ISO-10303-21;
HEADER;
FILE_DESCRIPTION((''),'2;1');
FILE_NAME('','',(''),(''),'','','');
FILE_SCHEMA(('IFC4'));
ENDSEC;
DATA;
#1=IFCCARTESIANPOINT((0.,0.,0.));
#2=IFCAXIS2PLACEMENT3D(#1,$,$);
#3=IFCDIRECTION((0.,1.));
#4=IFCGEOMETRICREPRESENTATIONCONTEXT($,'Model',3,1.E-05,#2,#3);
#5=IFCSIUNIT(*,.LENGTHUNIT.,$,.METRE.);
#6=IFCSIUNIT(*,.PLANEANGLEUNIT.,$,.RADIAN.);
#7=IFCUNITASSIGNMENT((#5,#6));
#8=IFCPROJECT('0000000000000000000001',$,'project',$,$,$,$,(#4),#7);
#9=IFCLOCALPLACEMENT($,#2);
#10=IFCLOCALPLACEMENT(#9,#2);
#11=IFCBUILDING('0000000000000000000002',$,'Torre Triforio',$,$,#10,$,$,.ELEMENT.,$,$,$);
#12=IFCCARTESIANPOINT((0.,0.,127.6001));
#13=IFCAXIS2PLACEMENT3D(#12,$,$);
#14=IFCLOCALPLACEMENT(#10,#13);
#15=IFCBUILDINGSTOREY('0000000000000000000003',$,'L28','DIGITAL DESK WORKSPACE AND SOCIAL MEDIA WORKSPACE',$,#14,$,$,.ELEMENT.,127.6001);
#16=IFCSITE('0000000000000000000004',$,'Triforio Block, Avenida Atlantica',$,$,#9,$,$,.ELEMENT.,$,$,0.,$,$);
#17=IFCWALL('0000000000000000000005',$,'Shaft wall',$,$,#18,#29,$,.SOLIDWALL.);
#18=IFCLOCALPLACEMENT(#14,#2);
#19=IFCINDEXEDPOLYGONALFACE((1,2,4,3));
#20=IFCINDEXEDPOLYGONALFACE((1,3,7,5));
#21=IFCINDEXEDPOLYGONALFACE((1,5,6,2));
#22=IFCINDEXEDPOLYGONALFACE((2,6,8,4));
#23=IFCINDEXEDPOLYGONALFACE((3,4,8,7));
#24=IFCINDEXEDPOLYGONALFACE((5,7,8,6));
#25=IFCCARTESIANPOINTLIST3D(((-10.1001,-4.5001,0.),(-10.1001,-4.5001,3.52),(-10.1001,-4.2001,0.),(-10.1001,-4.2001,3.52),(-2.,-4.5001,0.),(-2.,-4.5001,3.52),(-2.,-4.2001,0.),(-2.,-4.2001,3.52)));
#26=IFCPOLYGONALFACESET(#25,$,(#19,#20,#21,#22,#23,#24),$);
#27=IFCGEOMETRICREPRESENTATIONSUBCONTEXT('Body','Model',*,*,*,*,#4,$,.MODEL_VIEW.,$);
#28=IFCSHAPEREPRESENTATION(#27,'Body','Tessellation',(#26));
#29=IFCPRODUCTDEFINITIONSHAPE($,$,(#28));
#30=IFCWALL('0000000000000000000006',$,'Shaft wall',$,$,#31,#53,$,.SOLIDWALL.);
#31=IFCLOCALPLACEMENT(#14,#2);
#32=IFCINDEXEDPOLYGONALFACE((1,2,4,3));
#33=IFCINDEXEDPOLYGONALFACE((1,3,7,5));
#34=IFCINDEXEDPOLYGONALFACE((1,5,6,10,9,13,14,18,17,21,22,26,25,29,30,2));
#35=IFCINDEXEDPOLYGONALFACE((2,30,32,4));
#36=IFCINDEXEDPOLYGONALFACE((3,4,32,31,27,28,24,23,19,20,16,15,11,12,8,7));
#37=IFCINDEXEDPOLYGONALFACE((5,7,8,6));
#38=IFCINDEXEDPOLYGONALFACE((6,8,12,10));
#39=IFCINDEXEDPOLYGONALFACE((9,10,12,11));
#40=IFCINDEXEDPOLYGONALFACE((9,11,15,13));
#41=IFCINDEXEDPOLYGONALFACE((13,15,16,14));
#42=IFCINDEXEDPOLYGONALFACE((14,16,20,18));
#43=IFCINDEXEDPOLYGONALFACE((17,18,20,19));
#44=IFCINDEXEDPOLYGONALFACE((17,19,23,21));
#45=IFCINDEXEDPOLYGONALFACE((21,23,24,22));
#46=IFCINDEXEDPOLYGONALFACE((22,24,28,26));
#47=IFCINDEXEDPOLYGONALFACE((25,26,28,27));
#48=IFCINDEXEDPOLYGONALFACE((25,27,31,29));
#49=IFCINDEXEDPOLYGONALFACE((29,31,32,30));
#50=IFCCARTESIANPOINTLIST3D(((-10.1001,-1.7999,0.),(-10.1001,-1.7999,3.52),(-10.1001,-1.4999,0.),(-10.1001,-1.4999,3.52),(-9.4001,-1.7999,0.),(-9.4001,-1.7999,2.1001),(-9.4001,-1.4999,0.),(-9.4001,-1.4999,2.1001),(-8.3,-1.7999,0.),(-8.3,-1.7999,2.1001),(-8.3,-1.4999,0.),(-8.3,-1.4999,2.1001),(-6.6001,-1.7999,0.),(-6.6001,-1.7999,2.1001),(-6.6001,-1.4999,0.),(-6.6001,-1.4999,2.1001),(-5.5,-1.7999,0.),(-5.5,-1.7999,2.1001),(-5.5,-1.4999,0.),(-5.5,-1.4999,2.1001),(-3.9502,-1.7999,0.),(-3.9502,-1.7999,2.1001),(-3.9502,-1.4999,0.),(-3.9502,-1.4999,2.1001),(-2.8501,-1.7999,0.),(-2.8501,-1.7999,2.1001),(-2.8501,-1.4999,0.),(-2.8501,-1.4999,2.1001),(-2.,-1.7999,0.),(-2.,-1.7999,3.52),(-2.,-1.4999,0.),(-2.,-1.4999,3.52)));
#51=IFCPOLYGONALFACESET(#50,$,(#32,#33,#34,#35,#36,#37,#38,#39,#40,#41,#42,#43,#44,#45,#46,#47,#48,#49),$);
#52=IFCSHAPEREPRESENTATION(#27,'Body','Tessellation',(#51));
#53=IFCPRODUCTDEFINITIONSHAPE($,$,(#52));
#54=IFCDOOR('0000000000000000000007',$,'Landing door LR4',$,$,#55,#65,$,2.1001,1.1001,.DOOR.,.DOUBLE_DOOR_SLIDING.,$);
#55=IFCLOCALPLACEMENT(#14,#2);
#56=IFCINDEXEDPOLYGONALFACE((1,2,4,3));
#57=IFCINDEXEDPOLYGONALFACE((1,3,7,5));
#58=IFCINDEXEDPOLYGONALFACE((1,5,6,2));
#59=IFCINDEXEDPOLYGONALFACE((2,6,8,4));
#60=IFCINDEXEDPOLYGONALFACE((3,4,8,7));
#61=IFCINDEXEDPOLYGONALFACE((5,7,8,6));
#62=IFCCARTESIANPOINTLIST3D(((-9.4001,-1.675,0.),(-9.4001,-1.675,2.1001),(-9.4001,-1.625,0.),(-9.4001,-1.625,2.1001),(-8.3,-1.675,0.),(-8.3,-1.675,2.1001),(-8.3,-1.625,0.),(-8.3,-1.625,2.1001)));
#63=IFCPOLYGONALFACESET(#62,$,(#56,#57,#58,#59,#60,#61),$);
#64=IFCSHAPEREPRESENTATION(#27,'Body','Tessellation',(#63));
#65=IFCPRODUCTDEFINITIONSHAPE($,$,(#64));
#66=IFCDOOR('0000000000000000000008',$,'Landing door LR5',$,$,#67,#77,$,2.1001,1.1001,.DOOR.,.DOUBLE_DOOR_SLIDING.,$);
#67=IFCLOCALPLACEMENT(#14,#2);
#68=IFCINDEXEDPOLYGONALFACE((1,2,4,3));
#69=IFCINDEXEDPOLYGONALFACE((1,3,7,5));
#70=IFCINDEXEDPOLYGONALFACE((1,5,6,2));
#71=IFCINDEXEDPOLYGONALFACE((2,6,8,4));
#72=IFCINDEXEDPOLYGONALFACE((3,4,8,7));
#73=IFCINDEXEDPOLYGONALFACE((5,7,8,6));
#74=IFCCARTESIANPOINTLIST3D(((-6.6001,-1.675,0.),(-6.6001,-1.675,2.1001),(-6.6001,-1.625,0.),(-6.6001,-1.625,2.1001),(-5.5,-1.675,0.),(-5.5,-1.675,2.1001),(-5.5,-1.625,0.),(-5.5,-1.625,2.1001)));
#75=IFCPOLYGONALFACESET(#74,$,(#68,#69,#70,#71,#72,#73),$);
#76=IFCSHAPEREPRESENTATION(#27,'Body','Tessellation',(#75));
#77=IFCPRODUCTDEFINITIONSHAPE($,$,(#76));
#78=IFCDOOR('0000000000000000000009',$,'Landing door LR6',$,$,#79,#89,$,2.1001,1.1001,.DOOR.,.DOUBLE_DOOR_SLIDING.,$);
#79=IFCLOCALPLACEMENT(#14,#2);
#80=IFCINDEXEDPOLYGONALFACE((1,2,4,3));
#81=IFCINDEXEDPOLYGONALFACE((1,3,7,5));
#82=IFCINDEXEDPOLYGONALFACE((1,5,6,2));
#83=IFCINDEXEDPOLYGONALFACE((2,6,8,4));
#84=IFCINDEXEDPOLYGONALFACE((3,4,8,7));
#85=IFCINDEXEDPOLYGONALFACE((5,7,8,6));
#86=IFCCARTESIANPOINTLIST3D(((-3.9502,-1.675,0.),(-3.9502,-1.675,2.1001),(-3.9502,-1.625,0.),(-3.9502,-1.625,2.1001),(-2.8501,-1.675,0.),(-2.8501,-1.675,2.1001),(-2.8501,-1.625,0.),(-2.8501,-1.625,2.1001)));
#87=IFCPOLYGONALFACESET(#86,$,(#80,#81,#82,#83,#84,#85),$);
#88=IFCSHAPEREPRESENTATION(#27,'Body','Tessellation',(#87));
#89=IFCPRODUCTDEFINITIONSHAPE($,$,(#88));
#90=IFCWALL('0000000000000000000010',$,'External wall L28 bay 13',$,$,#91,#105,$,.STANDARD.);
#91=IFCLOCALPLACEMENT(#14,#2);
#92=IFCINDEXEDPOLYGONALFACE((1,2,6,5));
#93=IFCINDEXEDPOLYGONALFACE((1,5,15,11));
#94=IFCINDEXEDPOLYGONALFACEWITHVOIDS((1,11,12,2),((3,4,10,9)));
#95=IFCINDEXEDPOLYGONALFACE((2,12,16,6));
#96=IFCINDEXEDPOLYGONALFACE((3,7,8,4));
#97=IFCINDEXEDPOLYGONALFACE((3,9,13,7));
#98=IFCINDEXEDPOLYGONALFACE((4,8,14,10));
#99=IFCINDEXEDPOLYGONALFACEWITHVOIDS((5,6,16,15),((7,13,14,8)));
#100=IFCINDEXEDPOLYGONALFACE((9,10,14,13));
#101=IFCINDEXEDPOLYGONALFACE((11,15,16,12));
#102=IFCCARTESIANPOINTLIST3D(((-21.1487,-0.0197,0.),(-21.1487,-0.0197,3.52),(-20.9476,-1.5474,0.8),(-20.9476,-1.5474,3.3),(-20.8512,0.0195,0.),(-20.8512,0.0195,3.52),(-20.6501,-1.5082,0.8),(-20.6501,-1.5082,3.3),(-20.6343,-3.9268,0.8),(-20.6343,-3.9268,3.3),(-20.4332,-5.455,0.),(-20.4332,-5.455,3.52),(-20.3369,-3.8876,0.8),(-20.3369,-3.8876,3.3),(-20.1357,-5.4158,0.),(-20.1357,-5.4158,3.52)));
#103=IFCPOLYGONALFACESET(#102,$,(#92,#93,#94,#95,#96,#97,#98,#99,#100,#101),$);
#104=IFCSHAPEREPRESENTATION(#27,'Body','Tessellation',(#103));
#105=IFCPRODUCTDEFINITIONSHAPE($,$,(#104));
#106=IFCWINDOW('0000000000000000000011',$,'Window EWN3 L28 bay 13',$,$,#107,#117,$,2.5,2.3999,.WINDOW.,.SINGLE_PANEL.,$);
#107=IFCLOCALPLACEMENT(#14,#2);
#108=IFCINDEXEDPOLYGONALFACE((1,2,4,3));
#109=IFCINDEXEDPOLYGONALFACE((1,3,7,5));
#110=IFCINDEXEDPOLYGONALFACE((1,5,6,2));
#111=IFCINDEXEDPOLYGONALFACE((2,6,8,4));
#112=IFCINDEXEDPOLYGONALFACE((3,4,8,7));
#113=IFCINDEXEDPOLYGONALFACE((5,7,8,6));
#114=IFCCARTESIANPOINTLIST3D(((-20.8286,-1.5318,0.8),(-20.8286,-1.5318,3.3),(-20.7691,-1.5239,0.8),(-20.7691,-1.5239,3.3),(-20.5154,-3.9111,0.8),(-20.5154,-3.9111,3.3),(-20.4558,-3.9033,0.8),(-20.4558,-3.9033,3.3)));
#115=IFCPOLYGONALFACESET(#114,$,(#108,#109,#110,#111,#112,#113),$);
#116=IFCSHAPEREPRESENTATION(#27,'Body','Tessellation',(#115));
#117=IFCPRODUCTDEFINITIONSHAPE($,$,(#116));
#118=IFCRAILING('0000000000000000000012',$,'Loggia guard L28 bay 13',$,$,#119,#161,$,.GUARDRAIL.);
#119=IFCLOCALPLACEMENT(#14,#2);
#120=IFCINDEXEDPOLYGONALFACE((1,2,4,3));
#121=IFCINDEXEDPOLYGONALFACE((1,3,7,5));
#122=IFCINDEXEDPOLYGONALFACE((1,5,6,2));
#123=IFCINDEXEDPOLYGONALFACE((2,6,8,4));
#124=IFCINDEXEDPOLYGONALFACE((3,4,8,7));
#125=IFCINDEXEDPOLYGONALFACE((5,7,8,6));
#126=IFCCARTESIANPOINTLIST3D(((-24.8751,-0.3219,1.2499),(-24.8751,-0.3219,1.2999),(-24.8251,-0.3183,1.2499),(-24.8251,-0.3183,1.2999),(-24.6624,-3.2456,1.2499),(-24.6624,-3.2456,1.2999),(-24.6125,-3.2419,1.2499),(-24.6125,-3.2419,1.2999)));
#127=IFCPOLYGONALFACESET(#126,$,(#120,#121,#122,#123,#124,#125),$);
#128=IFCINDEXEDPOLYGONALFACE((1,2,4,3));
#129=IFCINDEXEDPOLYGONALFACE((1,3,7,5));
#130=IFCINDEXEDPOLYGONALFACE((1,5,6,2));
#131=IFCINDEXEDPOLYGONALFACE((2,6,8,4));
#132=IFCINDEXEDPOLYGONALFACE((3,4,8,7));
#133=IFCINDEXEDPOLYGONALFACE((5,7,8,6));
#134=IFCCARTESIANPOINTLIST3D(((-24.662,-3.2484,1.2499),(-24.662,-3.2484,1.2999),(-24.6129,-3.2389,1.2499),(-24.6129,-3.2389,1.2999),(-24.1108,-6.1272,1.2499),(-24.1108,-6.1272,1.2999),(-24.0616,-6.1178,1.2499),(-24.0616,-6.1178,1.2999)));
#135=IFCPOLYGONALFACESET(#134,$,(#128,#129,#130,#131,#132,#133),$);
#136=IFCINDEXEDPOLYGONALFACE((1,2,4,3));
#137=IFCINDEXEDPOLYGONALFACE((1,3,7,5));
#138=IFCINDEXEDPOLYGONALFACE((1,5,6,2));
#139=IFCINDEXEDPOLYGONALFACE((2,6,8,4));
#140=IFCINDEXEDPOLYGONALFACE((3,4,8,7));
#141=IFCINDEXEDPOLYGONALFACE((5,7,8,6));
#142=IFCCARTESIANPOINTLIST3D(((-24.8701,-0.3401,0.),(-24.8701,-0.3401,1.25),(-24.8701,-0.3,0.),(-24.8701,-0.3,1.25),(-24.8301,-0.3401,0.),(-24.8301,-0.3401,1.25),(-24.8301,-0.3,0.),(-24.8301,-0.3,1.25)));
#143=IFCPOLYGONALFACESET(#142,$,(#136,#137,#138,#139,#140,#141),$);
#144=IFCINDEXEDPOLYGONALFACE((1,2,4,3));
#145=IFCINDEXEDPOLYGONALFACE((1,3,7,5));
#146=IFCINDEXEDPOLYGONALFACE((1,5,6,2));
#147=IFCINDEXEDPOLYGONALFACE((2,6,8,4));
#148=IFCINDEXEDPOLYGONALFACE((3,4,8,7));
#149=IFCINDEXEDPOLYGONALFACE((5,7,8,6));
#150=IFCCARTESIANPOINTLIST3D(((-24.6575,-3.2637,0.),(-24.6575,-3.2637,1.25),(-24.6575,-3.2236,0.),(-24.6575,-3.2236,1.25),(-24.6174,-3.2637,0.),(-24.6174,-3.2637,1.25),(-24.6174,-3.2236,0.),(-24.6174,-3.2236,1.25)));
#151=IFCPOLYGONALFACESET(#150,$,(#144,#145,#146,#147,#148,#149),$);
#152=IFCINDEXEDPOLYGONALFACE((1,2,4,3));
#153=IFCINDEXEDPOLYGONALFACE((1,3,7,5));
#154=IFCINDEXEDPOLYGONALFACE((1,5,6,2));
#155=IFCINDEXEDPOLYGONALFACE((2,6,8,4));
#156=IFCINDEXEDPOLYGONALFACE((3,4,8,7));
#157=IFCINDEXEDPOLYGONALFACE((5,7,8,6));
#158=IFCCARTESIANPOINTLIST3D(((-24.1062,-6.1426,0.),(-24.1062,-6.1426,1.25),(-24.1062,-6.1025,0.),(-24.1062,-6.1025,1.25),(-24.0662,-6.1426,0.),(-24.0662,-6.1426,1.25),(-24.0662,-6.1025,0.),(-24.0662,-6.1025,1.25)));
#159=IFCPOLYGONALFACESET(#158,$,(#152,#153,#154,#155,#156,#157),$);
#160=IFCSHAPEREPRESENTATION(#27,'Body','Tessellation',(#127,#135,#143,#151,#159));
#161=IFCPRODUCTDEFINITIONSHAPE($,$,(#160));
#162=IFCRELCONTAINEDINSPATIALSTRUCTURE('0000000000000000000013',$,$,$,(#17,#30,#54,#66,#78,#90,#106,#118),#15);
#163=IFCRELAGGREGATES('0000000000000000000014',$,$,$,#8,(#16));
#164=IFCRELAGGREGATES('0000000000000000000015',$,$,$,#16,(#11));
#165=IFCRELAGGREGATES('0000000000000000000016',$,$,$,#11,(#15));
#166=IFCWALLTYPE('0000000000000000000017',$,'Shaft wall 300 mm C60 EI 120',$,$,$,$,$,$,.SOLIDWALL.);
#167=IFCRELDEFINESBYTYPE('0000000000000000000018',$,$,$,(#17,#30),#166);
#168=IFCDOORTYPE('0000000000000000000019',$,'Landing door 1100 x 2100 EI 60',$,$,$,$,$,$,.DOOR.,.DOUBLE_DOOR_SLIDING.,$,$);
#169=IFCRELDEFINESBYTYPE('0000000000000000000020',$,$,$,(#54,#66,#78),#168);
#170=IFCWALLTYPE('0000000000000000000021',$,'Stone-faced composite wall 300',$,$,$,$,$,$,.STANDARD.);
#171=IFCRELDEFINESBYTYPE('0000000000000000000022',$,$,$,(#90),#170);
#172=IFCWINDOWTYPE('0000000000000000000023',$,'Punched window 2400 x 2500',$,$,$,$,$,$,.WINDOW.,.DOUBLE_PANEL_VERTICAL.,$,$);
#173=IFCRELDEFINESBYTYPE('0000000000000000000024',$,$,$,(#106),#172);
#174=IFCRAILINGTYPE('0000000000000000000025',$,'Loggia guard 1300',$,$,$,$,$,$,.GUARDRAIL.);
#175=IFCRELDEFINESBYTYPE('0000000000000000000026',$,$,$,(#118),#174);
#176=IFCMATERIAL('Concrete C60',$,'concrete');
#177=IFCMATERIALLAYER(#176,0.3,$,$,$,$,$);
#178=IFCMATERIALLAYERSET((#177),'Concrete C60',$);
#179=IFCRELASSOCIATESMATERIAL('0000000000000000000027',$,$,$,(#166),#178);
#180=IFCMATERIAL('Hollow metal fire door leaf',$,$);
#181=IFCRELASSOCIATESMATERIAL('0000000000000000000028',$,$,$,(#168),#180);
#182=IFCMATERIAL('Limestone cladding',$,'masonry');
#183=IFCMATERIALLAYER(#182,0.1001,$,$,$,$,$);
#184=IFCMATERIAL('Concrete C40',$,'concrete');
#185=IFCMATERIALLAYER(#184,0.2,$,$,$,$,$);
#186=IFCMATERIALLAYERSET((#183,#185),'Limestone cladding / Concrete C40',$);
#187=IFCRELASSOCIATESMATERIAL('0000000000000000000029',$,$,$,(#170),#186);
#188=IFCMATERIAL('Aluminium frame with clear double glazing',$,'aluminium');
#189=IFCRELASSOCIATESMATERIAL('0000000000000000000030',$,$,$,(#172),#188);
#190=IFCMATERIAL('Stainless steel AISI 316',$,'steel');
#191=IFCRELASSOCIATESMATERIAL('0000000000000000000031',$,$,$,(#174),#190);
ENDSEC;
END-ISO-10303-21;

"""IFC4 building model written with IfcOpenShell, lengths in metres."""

from ifc_helpers import new_model, si_unit, direction, frame, frame_2d, origin, origin_2d, place, context, subcontext, project, spatial, rectangle, extrude, material, layer, layer_set, type_object, element, fill, save


model = new_model("IFC4")

# Units and contexts
model_context = context("Model", 3, precision=1e-05, world=origin(), true_north=direction((0.0, 1.0)))
body_context = subcontext(model_context, "Body", "Model", "MODEL_VIEW")
ifc_project = project(units=[si_unit("LENGTHUNIT", "METRE"), si_unit("PLANEANGLEUNIT", "RADIAN")], contexts=[model_context])

# Site, building, storey
site_placement = place(None, origin())
site = spatial("IfcSite", under=ifc_project, at=site_placement, Name="Triforio Block, Avenida Atlantica", CompositionType="ELEMENT", RefElevation=0.0)
building_placement = place(site_placement, origin())
building = spatial("IfcBuilding", under=site, at=building_placement, Name="Torre Triforio", CompositionType="ELEMENT")
storey_placement = place(building_placement, frame((0.0, 0.0, 127.6001)))
storey = spatial("IfcBuildingStorey", under=building, at=storey_placement, Name="L28", Description="DIGITAL DESK WORKSPACE AND SOCIAL MEDIA WORKSPACE", CompositionType="ELEMENT", Elevation=127.6001)

# Shared definitions
ifc_material_1 = material(Name="Concrete C60", Category="concrete")

# Shared definitions
ifc_material_2 = material(Name="Hollow metal fire door leaf")

# Wall
ifc_material_3 = material(Name="Limestone cladding", Category="masonry")
ifc_material_4 = material(Name="Concrete C40", Category="concrete")
ifc_layer_1 = layer(ifc_material_1, 0.3)
ifc_layer_set_1 = layer_set([ifc_layer_1], Name="Concrete C60")
wall_type_1 = type_object("IfcWallType", Name="Shaft wall 300 mm C60 EI 120", PredefinedType="SOLIDWALL", material=ifc_layer_set_1)
wall_1_placement = place(storey_placement, frame((-10.1001, -4.3501, 0.0), z_axis=(0.0, 0.0, 1.0), x_axis=(1.0, 0.0, 0.0)))
element("IfcWall", 1, at=wall_1_placement, inside=storey, type_object=wall_type_1, Name="Shaft wall", PredefinedType="SOLIDWALL", context=body_context, shape_type="SweptSolid", body=[
    extrude(rectangle(XDim=8.1001, YDim=0.3, at=frame_2d((4.05, 0.0))), origin(), (0.0, 0.0, 1.0), 3.52),
])

# Wall, openings, doors
wall_2_placement = place(storey_placement, frame((-10.1001, -1.6499, 0.0), z_axis=(0.0, 0.0, 1.0), x_axis=(1.0, 0.0, 0.0)))
wall_2 = element("IfcWall", 2, at=wall_2_placement, inside=storey, type_object=wall_type_1, Name="Shaft wall", PredefinedType="SOLIDWALL", context=body_context, shape_type="SweptSolid", body=[
    extrude(rectangle(XDim=8.1001, YDim=0.3, at=frame_2d((4.05, 0.0))), origin(), (0.0, 0.0, 1.0), 3.52),
])
opening_1_placement = place(wall_2_placement, frame((0.7, 0.0, 0.0)))
opening_1 = element("IfcOpeningElement", 3, at=opening_1_placement, cuts=wall_2, PredefinedType="OPENING", context=body_context, shape_type="SweptSolid", body=[
    extrude(rectangle(XDim=1.1001, YDim=2.1001, at=frame_2d((0.55, 1.05))), frame((0.0, 0.1599, 0.0), z_axis=(0.0, -1.0, 0.0), x_axis=(1.0, 0.0, 0.0)), (0.0, 0.0, 1.0), 0.3201),
])
opening_2_placement = place(wall_2_placement, frame((3.5, 0.0, 0.0)))
opening_2 = element("IfcOpeningElement", 4, at=opening_2_placement, cuts=wall_2, PredefinedType="OPENING", context=body_context, shape_type="SweptSolid", body=[
    extrude(rectangle(XDim=1.1001, YDim=2.1001, at=frame_2d((0.55, 1.05))), frame((0.0, 0.1599, 0.0), z_axis=(0.0, -1.0, 0.0), x_axis=(1.0, 0.0, 0.0)), (0.0, 0.0, 1.0), 0.3201),
])
opening_3_placement = place(wall_2_placement, frame((6.1499, 0.0, 0.0)))
opening_3 = element("IfcOpeningElement", 5, at=opening_3_placement, cuts=wall_2, PredefinedType="OPENING", context=body_context, shape_type="SweptSolid", body=[
    extrude(rectangle(XDim=1.1001, YDim=2.1001, at=frame_2d((0.55, 1.05))), frame((0.0, 0.1599, 0.0), z_axis=(0.0, -1.0, 0.0), x_axis=(1.0, 0.0, 0.0)), (0.0, 0.0, 1.0), 0.3201),
])
door_type_1 = type_object("IfcDoorType", Name="Landing door 1100 x 2100 EI 60", OperationType="DOUBLE_DOOR_SLIDING", PredefinedType="DOOR", material=ifc_material_2)
door_1_placement = place(opening_1_placement, origin())
door_1 = element("IfcDoor", 6, at=door_1_placement, inside=storey, type_object=door_type_1, Name="Landing door LR4", OperationType="DOUBLE_DOOR_SLIDING", OverallHeight=2.1001, OverallWidth=1.1001, PredefinedType="DOOR", context=body_context, shape_type="SweptSolid", body=[
    extrude(rectangle(XDim=1.1001, YDim=2.1001, at=frame_2d((0.55, 1.05))), frame((0.0, 0.0249, 0.0), z_axis=(0.0, -1.0, 0.0), x_axis=(1.0, 0.0, 0.0)), (0.0, 0.0, 1.0), 0.05),
])
fill(opening_1, door_1)
door_2_placement = place(opening_2_placement, origin())
door_2 = element("IfcDoor", 7, at=door_2_placement, inside=storey, type_object=door_type_1, Name="Landing door LR5", OperationType="DOUBLE_DOOR_SLIDING", OverallHeight=2.1001, OverallWidth=1.1001, PredefinedType="DOOR", context=body_context, shape_type="SweptSolid", body=[
    extrude(rectangle(XDim=1.1001, YDim=2.1001, at=frame_2d((0.55, 1.05))), frame((0.0, 0.0249, 0.0), z_axis=(0.0, -1.0, 0.0), x_axis=(1.0, 0.0, 0.0)), (0.0, 0.0, 1.0), 0.05),
])
fill(opening_2, door_2)
door_3_placement = place(opening_3_placement, origin())
door_3 = element("IfcDoor", 8, at=door_3_placement, inside=storey, type_object=door_type_1, Name="Landing door LR6", OperationType="DOUBLE_DOOR_SLIDING", OverallHeight=2.1001, OverallWidth=1.1001, PredefinedType="DOOR", context=body_context, shape_type="SweptSolid", body=[
    extrude(rectangle(XDim=1.1001, YDim=2.1001, at=frame_2d((0.55, 1.05))), frame((0.0, 0.0249, 0.0), z_axis=(0.0, -1.0, 0.0), x_axis=(1.0, 0.0, 0.0)), (0.0, 0.0, 1.0), 0.05),
])
fill(opening_3, door_3)

# Wall, opening, window
ifc_layer_2 = layer(ifc_material_3, 0.1001)
ifc_layer_3 = layer(ifc_material_4, 0.2)
ifc_layer_set_2 = layer_set([ifc_layer_2, ifc_layer_3], Name="Limestone cladding / Concrete C40")
wall_type_2 = type_object("IfcWallType", Name="Stone-faced composite wall 300", PredefinedType="STANDARD", material=ifc_layer_set_2)
wall_3_placement = place(storey_placement, frame((-21.0, 0.0, 0.0), z_axis=(0.0, 0.0, 1.0), x_axis=(0.130527, -0.991445, 0.0)))
wall_3 = element("IfcWall", 9, at=wall_3_placement, inside=storey, type_object=wall_type_2, Name="External wall L28 bay 13", PredefinedType="STANDARD", context=body_context, shape_type="SweptSolid", body=[
    extrude(rectangle(XDim=5.4822, YDim=0.3, at=frame_2d((2.7412, 0.0))), origin(), (0.0, 0.0, 1.0), 3.52),
])
opening_4_placement = place(wall_3_placement, frame((1.541, 0.0, 0.8)))
opening_4 = element("IfcOpeningElement", 10, at=opening_4_placement, cuts=wall_3, PredefinedType="OPENING", context=body_context, shape_type="SweptSolid", body=[
    extrude(rectangle(XDim=2.3999, YDim=2.5, at=frame_2d((1.2, 1.25))), frame((0.0, 0.1599, 0.0), z_axis=(0.0, -1.0, 0.0), x_axis=(1.0, 0.0, 0.0)), (0.0, 0.0, 1.0), 0.3201),
])
ifc_material_5 = material(Name="Aluminium frame with clear double glazing", Category="aluminium")
window_type_1 = type_object("IfcWindowType", Name="Punched window 2400 x 2500", PartitioningType="DOUBLE_PANEL_VERTICAL", PredefinedType="WINDOW", material=ifc_material_5)
window_1_placement = place(opening_4_placement, origin())
window_1 = element("IfcWindow", 11, at=window_1_placement, inside=storey, type_object=window_type_1, Name="Window EWN3 L28 bay 13", OverallHeight=2.5, OverallWidth=2.3999, PartitioningType="SINGLE_PANEL", PredefinedType="WINDOW", context=body_context, shape_type="SweptSolid", body=[
    extrude(rectangle(XDim=2.3999, YDim=2.5, at=frame_2d((1.2, 1.25))), frame((0.0, 0.03, 0.0), z_axis=(0.0, -1.0, 0.0), x_axis=(1.0, 0.0, 0.0)), (0.0, 0.0, 1.0), 0.0601),
])
fill(opening_4, window_1)

# Railing
ifc_material_6 = material(Name="Stainless steel AISI 316", Category="steel")
railing_type = type_object("IfcRailingType", Name="Loggia guard 1300", PredefinedType="GUARDRAIL", material=ifc_material_6)
railing_1_placement = place(storey_placement, frame((-24.8501, -0.3201, 0.0)))
element("IfcRailing", 12, at=railing_1_placement, inside=storey, type_object=railing_type, Name="Loggia guard L28 bay 13", PredefinedType="GUARDRAIL", context=body_context, shape_type="SweptSolid", body=[
    extrude(rectangle(XDim=0.05, YDim=0.05, at=origin_2d()), frame((0.0, 0.0, 1.2749), z_axis=(0.072543, -0.997365, 0.0), x_axis=(0.997365, 0.072543, 0.0)), (0.0, 0.0, 1.0), 2.9314),
    extrude(rectangle(XDim=0.05, YDim=0.05, at=origin_2d()), frame((0.2126, -2.9236, 1.2749), z_axis=(0.188069, -0.982156, 0.0), x_axis=(0.982156, 0.188069, 0.0)), (0.0, 0.0, 1.0), 2.9312),
    extrude(rectangle(XDim=0.04, YDim=0.04, at=origin_2d()), origin(), (0.0, 0.0, 1.0), 1.25),
    extrude(rectangle(XDim=0.04, YDim=0.04, at=origin_2d()), frame((0.2126, -2.9236, 0.0)), (0.0, 0.0, 1.0), 1.25),
    extrude(rectangle(XDim=0.04, YDim=0.04, at=origin_2d()), frame((0.7639, -5.8025, 0.0)), (0.0, 0.0, 1.0), 1.25),
])

save(model, "model.ifc")
